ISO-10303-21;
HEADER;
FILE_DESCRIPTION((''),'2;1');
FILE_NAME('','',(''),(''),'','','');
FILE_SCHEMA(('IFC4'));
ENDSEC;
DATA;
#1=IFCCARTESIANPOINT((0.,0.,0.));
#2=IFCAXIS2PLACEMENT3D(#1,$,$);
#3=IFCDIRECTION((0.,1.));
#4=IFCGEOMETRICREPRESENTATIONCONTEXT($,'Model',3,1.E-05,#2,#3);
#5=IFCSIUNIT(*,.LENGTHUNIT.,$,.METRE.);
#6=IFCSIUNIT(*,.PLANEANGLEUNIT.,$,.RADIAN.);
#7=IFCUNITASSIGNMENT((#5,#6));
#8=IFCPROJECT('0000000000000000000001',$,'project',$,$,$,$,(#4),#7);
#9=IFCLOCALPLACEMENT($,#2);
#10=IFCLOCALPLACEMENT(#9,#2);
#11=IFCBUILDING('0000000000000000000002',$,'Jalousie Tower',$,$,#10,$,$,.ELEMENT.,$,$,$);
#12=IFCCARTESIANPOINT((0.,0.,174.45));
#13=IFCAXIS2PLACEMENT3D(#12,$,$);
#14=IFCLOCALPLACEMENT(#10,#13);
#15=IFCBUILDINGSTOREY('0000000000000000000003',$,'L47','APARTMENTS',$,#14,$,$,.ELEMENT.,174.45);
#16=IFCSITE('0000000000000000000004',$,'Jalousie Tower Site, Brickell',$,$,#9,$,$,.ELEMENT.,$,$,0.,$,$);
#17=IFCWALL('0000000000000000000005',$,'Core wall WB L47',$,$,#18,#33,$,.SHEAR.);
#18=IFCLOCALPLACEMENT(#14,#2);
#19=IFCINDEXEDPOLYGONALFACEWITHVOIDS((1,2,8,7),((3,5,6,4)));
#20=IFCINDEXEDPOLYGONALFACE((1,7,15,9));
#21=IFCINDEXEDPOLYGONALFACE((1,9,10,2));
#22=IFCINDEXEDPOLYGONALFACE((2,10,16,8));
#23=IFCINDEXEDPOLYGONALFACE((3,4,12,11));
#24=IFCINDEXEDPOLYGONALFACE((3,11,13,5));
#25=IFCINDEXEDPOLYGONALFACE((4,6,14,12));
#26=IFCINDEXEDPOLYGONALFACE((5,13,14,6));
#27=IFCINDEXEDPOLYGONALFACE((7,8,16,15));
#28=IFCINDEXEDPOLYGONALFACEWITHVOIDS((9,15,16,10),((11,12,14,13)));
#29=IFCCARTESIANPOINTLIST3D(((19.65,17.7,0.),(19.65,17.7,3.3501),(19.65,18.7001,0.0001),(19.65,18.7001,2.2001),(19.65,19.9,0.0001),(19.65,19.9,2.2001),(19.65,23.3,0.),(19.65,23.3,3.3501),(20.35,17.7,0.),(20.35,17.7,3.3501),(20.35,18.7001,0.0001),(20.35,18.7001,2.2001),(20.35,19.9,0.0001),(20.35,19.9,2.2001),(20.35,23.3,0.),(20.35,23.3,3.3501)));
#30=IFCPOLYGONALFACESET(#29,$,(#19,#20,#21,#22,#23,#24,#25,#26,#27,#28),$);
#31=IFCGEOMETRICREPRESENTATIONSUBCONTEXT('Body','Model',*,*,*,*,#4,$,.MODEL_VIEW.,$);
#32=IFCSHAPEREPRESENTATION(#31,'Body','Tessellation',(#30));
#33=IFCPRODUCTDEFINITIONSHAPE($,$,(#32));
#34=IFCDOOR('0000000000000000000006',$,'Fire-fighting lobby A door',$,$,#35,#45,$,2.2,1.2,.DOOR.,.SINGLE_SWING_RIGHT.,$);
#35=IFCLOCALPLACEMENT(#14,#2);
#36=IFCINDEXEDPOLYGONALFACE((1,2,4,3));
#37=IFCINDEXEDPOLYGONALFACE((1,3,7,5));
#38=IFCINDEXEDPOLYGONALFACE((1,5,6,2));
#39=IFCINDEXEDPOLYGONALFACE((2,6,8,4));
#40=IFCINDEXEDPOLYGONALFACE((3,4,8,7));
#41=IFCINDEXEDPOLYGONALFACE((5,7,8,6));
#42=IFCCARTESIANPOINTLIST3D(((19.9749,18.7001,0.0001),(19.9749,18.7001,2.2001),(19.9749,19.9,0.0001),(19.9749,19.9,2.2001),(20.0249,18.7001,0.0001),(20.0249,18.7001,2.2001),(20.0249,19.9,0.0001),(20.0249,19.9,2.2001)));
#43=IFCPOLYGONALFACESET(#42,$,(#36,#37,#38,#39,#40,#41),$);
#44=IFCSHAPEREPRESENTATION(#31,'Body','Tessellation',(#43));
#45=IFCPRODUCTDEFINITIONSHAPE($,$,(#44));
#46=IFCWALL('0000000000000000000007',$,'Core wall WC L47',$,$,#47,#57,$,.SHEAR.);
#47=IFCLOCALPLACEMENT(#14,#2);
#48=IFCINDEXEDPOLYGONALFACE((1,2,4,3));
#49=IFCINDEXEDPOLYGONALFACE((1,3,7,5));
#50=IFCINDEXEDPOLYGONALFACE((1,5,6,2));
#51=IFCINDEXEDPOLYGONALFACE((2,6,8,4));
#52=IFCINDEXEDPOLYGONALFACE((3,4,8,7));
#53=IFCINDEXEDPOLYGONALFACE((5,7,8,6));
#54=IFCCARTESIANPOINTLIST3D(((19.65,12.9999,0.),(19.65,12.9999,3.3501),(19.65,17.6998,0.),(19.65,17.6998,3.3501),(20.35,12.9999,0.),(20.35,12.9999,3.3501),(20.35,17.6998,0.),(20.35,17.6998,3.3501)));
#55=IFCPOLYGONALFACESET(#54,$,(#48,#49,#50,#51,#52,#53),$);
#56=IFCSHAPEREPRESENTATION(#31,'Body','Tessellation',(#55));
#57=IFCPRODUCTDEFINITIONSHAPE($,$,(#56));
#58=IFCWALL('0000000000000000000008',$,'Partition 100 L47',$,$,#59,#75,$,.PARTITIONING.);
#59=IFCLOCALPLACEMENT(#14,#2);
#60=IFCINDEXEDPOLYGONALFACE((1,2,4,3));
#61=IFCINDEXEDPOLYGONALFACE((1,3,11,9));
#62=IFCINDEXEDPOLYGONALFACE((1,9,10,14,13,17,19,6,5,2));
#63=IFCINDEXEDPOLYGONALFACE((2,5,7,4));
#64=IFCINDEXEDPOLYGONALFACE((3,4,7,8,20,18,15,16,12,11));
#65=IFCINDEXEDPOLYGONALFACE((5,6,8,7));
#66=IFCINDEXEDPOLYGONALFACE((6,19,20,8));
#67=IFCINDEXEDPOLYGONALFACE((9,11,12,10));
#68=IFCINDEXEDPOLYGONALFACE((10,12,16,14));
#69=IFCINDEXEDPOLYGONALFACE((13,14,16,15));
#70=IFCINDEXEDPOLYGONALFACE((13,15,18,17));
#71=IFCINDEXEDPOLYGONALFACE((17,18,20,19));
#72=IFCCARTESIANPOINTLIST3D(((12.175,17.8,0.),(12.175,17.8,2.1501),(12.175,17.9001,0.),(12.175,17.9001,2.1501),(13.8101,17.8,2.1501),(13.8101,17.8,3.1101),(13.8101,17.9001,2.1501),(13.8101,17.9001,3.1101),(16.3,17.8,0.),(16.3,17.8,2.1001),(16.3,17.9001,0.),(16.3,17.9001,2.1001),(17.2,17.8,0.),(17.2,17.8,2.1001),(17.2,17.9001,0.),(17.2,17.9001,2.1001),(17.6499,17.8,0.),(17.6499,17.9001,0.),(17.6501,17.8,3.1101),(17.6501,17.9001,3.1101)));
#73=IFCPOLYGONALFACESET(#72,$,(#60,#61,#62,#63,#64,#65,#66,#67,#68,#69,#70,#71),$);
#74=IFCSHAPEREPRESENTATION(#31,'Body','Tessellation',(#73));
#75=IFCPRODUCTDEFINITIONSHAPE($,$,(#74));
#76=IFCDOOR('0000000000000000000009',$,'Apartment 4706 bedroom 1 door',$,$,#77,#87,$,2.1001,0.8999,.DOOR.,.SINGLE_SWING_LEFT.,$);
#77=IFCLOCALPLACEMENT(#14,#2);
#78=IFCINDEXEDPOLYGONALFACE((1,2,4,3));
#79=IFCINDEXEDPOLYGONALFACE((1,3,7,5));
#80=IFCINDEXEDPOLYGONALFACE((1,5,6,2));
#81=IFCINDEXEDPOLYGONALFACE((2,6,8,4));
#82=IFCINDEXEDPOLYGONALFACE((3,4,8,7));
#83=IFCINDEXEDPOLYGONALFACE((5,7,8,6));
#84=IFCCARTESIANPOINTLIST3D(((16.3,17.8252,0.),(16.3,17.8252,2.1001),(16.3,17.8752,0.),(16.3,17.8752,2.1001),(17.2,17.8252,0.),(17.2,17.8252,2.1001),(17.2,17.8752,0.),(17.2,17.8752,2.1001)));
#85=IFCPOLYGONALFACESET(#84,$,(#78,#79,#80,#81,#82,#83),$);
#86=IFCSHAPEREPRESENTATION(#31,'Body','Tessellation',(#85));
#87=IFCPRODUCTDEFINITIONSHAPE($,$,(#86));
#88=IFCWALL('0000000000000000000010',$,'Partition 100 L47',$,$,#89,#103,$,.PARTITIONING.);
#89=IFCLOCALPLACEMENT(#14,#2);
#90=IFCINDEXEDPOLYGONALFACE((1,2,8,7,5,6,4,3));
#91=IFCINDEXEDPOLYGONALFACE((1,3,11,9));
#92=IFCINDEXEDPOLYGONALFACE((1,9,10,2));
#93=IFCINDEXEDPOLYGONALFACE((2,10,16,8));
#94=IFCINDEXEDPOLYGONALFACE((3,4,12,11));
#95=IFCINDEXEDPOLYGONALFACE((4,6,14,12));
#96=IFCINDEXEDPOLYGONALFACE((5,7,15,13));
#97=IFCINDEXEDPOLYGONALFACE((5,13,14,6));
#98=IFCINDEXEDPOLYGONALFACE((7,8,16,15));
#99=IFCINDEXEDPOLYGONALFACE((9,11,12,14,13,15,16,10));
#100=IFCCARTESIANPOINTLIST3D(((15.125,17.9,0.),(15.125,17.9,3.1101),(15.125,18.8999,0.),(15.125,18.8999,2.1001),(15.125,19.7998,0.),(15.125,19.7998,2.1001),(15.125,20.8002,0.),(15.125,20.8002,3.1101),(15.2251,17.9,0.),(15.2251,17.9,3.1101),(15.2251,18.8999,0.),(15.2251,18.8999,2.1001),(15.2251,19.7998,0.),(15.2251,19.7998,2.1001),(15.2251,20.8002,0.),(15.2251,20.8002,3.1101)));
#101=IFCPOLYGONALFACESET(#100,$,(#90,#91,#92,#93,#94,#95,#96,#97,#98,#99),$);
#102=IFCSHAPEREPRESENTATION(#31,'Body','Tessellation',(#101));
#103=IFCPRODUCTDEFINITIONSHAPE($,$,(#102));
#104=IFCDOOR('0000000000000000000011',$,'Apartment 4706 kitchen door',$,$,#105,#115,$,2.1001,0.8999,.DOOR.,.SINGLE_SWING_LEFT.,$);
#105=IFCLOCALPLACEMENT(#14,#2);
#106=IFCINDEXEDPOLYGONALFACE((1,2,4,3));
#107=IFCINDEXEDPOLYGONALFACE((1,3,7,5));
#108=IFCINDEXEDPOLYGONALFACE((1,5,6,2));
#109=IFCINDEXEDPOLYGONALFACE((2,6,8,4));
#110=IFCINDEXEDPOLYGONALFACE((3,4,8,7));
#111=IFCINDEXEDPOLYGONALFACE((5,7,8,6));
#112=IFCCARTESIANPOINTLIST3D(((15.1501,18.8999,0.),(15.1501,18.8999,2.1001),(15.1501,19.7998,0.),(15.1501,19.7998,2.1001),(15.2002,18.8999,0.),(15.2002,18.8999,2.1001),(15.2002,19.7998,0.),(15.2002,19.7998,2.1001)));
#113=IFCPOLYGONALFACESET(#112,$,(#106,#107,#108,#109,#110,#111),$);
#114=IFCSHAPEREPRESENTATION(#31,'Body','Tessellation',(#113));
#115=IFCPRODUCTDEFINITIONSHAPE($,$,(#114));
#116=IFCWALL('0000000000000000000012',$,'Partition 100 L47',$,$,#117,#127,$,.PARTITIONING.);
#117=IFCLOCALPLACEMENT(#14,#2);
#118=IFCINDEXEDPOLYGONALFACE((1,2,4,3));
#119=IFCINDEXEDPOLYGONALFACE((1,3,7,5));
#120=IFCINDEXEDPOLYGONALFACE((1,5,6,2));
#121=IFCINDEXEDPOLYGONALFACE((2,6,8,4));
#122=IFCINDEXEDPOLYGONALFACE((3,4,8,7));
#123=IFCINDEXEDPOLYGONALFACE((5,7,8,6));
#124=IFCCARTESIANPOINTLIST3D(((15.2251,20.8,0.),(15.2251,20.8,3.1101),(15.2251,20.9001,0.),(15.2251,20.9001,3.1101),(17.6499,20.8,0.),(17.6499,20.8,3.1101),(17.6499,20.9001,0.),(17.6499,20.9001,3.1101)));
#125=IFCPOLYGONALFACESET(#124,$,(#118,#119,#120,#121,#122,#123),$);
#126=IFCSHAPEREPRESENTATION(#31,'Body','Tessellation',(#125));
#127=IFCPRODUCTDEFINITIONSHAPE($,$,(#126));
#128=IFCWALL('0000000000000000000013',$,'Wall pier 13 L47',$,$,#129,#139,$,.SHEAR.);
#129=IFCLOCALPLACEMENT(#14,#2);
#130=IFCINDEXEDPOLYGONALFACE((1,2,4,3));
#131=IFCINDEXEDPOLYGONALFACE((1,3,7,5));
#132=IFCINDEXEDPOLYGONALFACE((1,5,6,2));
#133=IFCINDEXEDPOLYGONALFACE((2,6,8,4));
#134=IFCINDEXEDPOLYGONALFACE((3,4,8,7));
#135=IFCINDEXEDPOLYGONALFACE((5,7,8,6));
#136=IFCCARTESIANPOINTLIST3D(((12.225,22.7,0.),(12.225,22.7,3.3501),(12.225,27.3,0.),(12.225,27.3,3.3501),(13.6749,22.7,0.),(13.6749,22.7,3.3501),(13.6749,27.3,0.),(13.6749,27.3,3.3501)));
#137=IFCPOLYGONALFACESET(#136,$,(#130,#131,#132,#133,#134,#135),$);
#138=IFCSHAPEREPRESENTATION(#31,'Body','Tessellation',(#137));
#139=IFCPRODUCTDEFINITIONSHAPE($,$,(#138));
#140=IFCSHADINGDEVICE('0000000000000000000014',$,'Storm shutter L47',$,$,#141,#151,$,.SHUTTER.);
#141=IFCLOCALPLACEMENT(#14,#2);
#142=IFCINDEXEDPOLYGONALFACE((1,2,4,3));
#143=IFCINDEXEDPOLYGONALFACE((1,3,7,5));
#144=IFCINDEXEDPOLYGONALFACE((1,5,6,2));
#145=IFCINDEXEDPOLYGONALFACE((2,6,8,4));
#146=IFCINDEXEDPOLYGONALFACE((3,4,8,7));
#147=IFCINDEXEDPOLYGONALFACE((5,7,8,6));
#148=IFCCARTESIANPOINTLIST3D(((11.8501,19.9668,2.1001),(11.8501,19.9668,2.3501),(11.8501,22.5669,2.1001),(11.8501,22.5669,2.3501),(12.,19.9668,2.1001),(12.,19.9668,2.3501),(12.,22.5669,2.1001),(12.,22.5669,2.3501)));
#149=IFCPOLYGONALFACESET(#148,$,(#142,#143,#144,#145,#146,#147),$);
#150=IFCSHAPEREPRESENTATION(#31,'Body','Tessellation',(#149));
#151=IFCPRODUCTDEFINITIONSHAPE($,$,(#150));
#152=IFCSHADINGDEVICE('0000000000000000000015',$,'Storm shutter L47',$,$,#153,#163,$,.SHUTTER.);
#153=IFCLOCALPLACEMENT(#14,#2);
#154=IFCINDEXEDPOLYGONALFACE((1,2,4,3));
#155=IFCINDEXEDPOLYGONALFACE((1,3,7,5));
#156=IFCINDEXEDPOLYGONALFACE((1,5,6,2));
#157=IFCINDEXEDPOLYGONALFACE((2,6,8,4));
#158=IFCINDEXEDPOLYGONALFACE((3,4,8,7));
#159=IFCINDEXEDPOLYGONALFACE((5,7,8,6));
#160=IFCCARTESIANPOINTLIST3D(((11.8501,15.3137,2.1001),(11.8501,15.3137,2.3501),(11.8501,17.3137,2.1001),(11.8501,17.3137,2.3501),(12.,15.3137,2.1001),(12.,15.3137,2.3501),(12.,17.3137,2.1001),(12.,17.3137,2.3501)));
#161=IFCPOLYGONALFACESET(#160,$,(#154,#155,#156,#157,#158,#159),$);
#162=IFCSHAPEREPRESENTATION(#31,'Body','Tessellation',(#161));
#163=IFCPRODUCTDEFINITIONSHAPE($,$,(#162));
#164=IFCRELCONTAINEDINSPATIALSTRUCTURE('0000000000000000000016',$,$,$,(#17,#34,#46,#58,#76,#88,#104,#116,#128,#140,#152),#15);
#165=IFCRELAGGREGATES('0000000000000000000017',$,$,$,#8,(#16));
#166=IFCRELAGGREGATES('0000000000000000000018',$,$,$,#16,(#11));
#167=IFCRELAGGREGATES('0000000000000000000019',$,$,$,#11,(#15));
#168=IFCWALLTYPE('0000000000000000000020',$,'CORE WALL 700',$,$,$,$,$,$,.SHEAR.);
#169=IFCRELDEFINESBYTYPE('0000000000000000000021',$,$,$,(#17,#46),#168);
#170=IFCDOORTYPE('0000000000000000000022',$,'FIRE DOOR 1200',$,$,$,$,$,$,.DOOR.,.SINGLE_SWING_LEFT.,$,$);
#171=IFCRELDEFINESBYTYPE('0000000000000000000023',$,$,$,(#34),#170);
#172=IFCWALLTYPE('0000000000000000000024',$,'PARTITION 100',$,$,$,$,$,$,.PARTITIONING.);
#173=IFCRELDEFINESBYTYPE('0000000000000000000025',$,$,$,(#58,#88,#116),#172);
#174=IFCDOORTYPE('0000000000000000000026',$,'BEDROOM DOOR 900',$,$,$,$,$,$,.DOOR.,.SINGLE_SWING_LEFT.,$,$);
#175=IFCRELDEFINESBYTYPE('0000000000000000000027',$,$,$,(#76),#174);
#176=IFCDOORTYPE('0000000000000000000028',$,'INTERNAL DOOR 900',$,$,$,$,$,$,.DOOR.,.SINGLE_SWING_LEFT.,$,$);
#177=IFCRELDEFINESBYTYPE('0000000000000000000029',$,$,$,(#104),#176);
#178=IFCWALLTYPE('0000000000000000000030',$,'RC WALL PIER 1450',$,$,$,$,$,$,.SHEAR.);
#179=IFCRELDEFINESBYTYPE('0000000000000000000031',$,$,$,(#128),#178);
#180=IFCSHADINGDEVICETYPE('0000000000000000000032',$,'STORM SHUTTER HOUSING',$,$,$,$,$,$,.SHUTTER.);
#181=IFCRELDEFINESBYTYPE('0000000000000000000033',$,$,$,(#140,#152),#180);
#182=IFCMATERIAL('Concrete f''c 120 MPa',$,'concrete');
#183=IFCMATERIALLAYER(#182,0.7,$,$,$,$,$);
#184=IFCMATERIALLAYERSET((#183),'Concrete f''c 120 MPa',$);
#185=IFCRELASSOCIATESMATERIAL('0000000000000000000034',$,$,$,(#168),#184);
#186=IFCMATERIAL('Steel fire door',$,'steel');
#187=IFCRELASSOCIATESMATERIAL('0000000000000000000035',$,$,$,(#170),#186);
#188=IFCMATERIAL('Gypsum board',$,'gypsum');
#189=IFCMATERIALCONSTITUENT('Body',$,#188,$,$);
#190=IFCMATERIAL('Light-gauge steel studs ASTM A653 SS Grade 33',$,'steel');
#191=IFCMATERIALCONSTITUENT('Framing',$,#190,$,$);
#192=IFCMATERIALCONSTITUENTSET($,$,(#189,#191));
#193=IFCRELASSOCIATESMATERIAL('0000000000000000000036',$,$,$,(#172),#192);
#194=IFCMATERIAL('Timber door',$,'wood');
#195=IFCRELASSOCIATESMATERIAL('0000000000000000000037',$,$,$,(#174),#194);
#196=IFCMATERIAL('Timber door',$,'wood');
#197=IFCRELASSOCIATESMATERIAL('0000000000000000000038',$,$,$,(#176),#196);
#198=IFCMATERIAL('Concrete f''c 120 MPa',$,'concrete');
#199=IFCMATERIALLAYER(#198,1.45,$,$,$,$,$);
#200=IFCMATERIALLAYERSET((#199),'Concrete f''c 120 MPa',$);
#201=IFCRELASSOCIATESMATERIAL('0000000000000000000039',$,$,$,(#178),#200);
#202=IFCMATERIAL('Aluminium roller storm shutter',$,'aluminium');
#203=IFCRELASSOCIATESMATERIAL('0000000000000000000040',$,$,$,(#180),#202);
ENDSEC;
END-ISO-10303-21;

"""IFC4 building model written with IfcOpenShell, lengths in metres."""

from ifc_helpers import new_model, si_unit, direction, frame, frame_2d, origin, origin_2d, place, context, subcontext, project, spatial, polyline, rectangle, outline, extrude, material, layer, layer_set, constituent, constituent_set, type_object, element, fill, save


model = new_model("IFC4")

# Units and contexts
model_context = context("Model", 3, precision=1e-05, world=origin(), true_north=direction((0.0, 1.0)))
body_context = subcontext(model_context, "Body", "Model", "MODEL_VIEW")
ifc_project = project(units=[si_unit("LENGTHUNIT", "METRE"), si_unit("PLANEANGLEUNIT", "RADIAN")], contexts=[model_context])

# Site, building, storey
site_placement = place(None, origin())
site = spatial("IfcSite", under=ifc_project, at=site_placement, Name="Jalousie Tower Site, Brickell", CompositionType="ELEMENT", RefElevation=0.0)
building_placement = place(site_placement, origin())
building = spatial("IfcBuilding", under=site, at=building_placement, Name="Jalousie Tower", CompositionType="ELEMENT")
storey_placement = place(building_placement, frame((0.0, 0.0, 174.45)))
storey = spatial("IfcBuildingStorey", under=building, at=storey_placement, Name="L47", Description="APARTMENTS", CompositionType="ELEMENT", Elevation=174.45)

# Wall, opening, door
ifc_material_1 = material(Name="Concrete f'c 120 MPa", Category="concrete")
ifc_layer_1 = layer(ifc_material_1, 0.7)
ifc_layer_set_1 = layer_set([ifc_layer_1], Name="Concrete f'c 120 MPa")
wall_type_1 = type_object("IfcWallType", Name="CORE WALL 700", PredefinedType="SHEAR", material=ifc_layer_set_1)
wall_1_placement = place(storey_placement, frame((20.0, 23.3, 0.0), z_axis=(0.0, 0.0, 1.0), x_axis=(0.0, -1.0, 0.0)))
wall_1 = element("IfcWall", 1, at=wall_1_placement, inside=storey, type_object=wall_type_1, Name="Core wall WB L47", PredefinedType="SHEAR", context=body_context, shape_type="SweptSolid", body=[
    extrude(rectangle(XDim=5.6001, YDim=0.7, at=frame_2d((2.8, 0.0))), origin(), (0.0, 0.0, 1.0), 3.3501),
])
opening_1_placement = place(wall_1_placement, frame((3.3999, 0.0, 0.0)))
opening_1 = element("IfcOpeningElement", 2, at=opening_1_placement, cuts=wall_1, PredefinedType="OPENING", context=body_context, shape_type="SweptSolid", body=[
    extrude(rectangle(XDim=1.2, YDim=2.2, at=frame_2d((0.6001, 1.1001))), frame((0.0, 0.3599, 0.0), z_axis=(0.0, -1.0, 0.0), x_axis=(1.0, 0.0, 0.0)), (0.0, 0.0, 1.0), 0.72),
])
ifc_material_2 = material(Name="Steel fire door", Category="steel")
door_type_1 = type_object("IfcDoorType", Name="FIRE DOOR 1200", OperationType="SINGLE_SWING_LEFT", PredefinedType="DOOR", material=ifc_material_2)
door_1_placement = place(opening_1_placement, origin())
door_1 = element("IfcDoor", 3, at=door_1_placement, inside=storey, type_object=door_type_1, Name="Fire-fighting lobby A door", OperationType="SINGLE_SWING_RIGHT", OverallHeight=2.2, OverallWidth=1.2, PredefinedType="DOOR", context=body_context, shape_type="SweptSolid", body=[
    extrude(rectangle(XDim=1.2, YDim=2.2, at=frame_2d((0.6001, 1.1001))), frame((0.0, 0.0249, 0.0), z_axis=(0.0, -1.0, 0.0), x_axis=(1.0, 0.0, 0.0)), (0.0, 0.0, 1.0), 0.05),
])
fill(opening_1, door_1)

# Wall
wall_2_placement = place(storey_placement, frame((20.0, 17.7, 0.0), z_axis=(0.0, 0.0, 1.0), x_axis=(0.0, -1.0, 0.0)))
element("IfcWall", 4, at=wall_2_placement, inside=storey, type_object=wall_type_1, Name="Core wall WC L47", PredefinedType="SHEAR", context=body_context, shape_type="SweptSolid", body=[
    extrude(rectangle(XDim=4.7, YDim=0.7, at=frame_2d((2.3501, 0.0))), origin(), (0.0, 0.0, 1.0), 3.3501),
])

# Walls, openings, doors
ifc_material_3 = material(Name="Gypsum board", Category="gypsum")
ifc_constituent_1 = constituent(ifc_material_3, Name="Body")
ifc_material_4 = material(Name="Light-gauge steel studs ASTM A653 SS Grade 33", Category="steel")
ifc_constituent_2 = constituent(ifc_material_4, Name="Framing")
ifc_constituent_set_1 = constituent_set(constituents=[ifc_constituent_1, ifc_constituent_2])
wall_type_2 = type_object("IfcWallType", Name="PARTITION 100", PredefinedType="PARTITIONING", material=ifc_constituent_set_1)
wall_3_placement = place(storey_placement, frame((12.175, 17.8501, 0.0), z_axis=(0.0, 0.0, 1.0), x_axis=(1.0, 0.0, 0.0)))
wall_3 = element("IfcWall", 5, at=wall_3_placement, inside=storey, type_object=wall_type_2, Name="Partition 100 L47", PredefinedType="PARTITIONING", context=body_context, shape_type="SweptSolid", body=[
    extrude(outline(polyline([(0.0, 0.0), (5.4749, 0.0), (5.4751, 3.1101), (1.635, 3.1101), (1.635, 2.1501), (0.0, 2.1501), (0.0, 3.1101), (0.0, 0.0)])), frame((0.0, 0.05, 0.0), z_axis=(0.0, -1.0, 0.0), x_axis=(1.0, 0.0, 0.0)), (0.0, 0.0, 1.0), 0.1001),
])
opening_2_placement = place(wall_3_placement, frame((4.125, 0.0, 0.0)))
opening_2 = element("IfcOpeningElement", 6, at=opening_2_placement, cuts=wall_3, PredefinedType="OPENING", context=body_context, shape_type="SweptSolid", body=[
    extrude(rectangle(XDim=0.8999, YDim=2.1001, at=frame_2d((0.45, 1.05))), frame((0.0, 0.0601, 0.0), z_axis=(0.0, -1.0, 0.0), x_axis=(1.0, 0.0, 0.0)), (0.0, 0.0, 1.0), 0.1201),
])
ifc_material_5 = material(Name="Timber door", Category="wood")
door_type_2 = type_object("IfcDoorType", Name="BEDROOM DOOR 900", OperationType="SINGLE_SWING_LEFT", PredefinedType="DOOR", material=ifc_material_5)
door_2_placement = place(opening_2_placement, frame((0.8999, 0.0, 0.0), z_axis=(0.0, 0.0, 1.0), x_axis=(-1.0, 0.0, 0.0)))
door_2 = element("IfcDoor", 7, at=door_2_placement, inside=storey, type_object=door_type_2, Name="Apartment 4706 bedroom 1 door", OperationType="SINGLE_SWING_LEFT", OverallHeight=2.1001, OverallWidth=0.8999, PredefinedType="DOOR", context=body_context, shape_type="SweptSolid", body=[
    extrude(rectangle(XDim=0.8999, YDim=2.1001, at=frame_2d((0.45, 1.05))), frame((0.0, 0.0249, 0.0), z_axis=(0.0, -1.0, 0.0), x_axis=(1.0, 0.0, 0.0)), (0.0, 0.0, 1.0), 0.05),
])
fill(opening_2, door_2)
wall_4_placement = place(storey_placement, frame((15.175, 17.8999, 0.0), z_axis=(0.0, 0.0, 1.0), x_axis=(0.0, 1.0, 0.0)))
wall_4 = element("IfcWall", 8, at=wall_4_placement, inside=storey, type_object=wall_type_2, Name="Partition 100 L47", PredefinedType="PARTITIONING", context=body_context, shape_type="SweptSolid", body=[
    extrude(rectangle(XDim=2.9001, YDim=0.1001, at=frame_2d((1.4502, 0.0))), origin(), (0.0, 0.0, 1.0), 3.1101),
])
opening_3_placement = place(wall_4_placement, frame((1.0, 0.0, 0.0)))
opening_3 = element("IfcOpeningElement", 9, at=opening_3_placement, cuts=wall_4, PredefinedType="OPENING", context=body_context, shape_type="SweptSolid", body=[
    extrude(rectangle(XDim=0.8999, YDim=2.1001, at=frame_2d((0.45, 1.05))), frame((0.0, 0.0601, 0.0), z_axis=(0.0, -1.0, 0.0), x_axis=(1.0, 0.0, 0.0)), (0.0, 0.0, 1.0), 0.1201),
])
ifc_material_6 = material(Name="Timber door", Category="wood")
door_type_3 = type_object("IfcDoorType", Name="INTERNAL DOOR 900", OperationType="SINGLE_SWING_LEFT", PredefinedType="DOOR", material=ifc_material_6)
door_3_placement = place(opening_3_placement, origin())
door_3 = element("IfcDoor", 10, at=door_3_placement, inside=storey, type_object=door_type_3, Name="Apartment 4706 kitchen door", OperationType="SINGLE_SWING_LEFT", OverallHeight=2.1001, OverallWidth=0.8999, PredefinedType="DOOR", context=body_context, shape_type="SweptSolid", body=[
    extrude(rectangle(XDim=0.8999, YDim=2.1001, at=frame_2d((0.45, 1.05))), frame((0.0, 0.0249, 0.0), z_axis=(0.0, -1.0, 0.0), x_axis=(1.0, 0.0, 0.0)), (0.0, 0.0, 1.0), 0.05),
])
fill(opening_3, door_3)

# Walls
wall_5_placement = place(storey_placement, frame((15.2251, 20.8501, 0.0), z_axis=(0.0, 0.0, 1.0), x_axis=(1.0, 0.0, 0.0)))
element("IfcWall", 11, at=wall_5_placement, inside=storey, type_object=wall_type_2, Name="Partition 100 L47", PredefinedType="PARTITIONING", context=body_context, shape_type="SweptSolid", body=[
    extrude(rectangle(XDim=2.4248, YDim=0.1001, at=frame_2d((1.2124, 0.0))), origin(), (0.0, 0.0, 1.0), 3.1101),
])
ifc_material_7 = material(Name="Concrete f'c 120 MPa", Category="concrete")
ifc_layer_2 = layer(ifc_material_7, 1.45)
ifc_layer_set_2 = layer_set([ifc_layer_2], Name="Concrete f'c 120 MPa")
wall_type_3 = type_object("IfcWallType", Name="RC WALL PIER 1450", PredefinedType="SHEAR", material=ifc_layer_set_2)
wall_6_placement = place(storey_placement, frame((12.95, 22.7, 0.0), z_axis=(0.0, 0.0, 1.0), x_axis=(0.0, 1.0, 0.0)))
element("IfcWall", 12, at=wall_6_placement, inside=storey, type_object=wall_type_3, Name="Wall pier 13 L47", PredefinedType="SHEAR", context=body_context, shape_type="SweptSolid", body=[
    extrude(rectangle(XDim=4.6001, YDim=1.45, at=frame_2d((2.3, 0.0))), origin(), (0.0, 0.0, 1.0), 3.3501),
])

# Shading devices
ifc_material_8 = material(Name="Aluminium roller storm shutter", Category="aluminium")
shading_device_type = type_object("IfcShadingDeviceType", Name="STORM SHUTTER HOUSING", PredefinedType="SHUTTER", material=ifc_material_8)
shading_device_1_placement = place(storey_placement, frame((11.925, 21.2668, 2.1001), z_axis=(0.0, 0.0, 1.0), x_axis=(0.0, -1.0, 0.0)))
element("IfcShadingDevice", 13, at=shading_device_1_placement, inside=storey, type_object=shading_device_type, Name="Storm shutter L47", PredefinedType="SHUTTER", context=body_context, shape_type="SweptSolid", body=[
    extrude(rectangle(XDim=2.6001, YDim=0.1499, at=origin_2d()), origin(), (0.0, 0.0, 1.0), 0.25),
])
shading_device_2_placement = place(storey_placement, frame((11.925, 16.3137, 2.1001), z_axis=(0.0, 0.0, 1.0), x_axis=(0.0, -1.0, 0.0)))
element("IfcShadingDevice", 14, at=shading_device_2_placement, inside=storey, type_object=shading_device_type, Name="Storm shutter L47", PredefinedType="SHUTTER", context=body_context, shape_type="SweptSolid", body=[
    extrude(rectangle(XDim=2.0, YDim=0.1499, at=origin_2d()), origin(), (0.0, 0.0, 1.0), 0.25),
])

save(model, "model.ifc")
